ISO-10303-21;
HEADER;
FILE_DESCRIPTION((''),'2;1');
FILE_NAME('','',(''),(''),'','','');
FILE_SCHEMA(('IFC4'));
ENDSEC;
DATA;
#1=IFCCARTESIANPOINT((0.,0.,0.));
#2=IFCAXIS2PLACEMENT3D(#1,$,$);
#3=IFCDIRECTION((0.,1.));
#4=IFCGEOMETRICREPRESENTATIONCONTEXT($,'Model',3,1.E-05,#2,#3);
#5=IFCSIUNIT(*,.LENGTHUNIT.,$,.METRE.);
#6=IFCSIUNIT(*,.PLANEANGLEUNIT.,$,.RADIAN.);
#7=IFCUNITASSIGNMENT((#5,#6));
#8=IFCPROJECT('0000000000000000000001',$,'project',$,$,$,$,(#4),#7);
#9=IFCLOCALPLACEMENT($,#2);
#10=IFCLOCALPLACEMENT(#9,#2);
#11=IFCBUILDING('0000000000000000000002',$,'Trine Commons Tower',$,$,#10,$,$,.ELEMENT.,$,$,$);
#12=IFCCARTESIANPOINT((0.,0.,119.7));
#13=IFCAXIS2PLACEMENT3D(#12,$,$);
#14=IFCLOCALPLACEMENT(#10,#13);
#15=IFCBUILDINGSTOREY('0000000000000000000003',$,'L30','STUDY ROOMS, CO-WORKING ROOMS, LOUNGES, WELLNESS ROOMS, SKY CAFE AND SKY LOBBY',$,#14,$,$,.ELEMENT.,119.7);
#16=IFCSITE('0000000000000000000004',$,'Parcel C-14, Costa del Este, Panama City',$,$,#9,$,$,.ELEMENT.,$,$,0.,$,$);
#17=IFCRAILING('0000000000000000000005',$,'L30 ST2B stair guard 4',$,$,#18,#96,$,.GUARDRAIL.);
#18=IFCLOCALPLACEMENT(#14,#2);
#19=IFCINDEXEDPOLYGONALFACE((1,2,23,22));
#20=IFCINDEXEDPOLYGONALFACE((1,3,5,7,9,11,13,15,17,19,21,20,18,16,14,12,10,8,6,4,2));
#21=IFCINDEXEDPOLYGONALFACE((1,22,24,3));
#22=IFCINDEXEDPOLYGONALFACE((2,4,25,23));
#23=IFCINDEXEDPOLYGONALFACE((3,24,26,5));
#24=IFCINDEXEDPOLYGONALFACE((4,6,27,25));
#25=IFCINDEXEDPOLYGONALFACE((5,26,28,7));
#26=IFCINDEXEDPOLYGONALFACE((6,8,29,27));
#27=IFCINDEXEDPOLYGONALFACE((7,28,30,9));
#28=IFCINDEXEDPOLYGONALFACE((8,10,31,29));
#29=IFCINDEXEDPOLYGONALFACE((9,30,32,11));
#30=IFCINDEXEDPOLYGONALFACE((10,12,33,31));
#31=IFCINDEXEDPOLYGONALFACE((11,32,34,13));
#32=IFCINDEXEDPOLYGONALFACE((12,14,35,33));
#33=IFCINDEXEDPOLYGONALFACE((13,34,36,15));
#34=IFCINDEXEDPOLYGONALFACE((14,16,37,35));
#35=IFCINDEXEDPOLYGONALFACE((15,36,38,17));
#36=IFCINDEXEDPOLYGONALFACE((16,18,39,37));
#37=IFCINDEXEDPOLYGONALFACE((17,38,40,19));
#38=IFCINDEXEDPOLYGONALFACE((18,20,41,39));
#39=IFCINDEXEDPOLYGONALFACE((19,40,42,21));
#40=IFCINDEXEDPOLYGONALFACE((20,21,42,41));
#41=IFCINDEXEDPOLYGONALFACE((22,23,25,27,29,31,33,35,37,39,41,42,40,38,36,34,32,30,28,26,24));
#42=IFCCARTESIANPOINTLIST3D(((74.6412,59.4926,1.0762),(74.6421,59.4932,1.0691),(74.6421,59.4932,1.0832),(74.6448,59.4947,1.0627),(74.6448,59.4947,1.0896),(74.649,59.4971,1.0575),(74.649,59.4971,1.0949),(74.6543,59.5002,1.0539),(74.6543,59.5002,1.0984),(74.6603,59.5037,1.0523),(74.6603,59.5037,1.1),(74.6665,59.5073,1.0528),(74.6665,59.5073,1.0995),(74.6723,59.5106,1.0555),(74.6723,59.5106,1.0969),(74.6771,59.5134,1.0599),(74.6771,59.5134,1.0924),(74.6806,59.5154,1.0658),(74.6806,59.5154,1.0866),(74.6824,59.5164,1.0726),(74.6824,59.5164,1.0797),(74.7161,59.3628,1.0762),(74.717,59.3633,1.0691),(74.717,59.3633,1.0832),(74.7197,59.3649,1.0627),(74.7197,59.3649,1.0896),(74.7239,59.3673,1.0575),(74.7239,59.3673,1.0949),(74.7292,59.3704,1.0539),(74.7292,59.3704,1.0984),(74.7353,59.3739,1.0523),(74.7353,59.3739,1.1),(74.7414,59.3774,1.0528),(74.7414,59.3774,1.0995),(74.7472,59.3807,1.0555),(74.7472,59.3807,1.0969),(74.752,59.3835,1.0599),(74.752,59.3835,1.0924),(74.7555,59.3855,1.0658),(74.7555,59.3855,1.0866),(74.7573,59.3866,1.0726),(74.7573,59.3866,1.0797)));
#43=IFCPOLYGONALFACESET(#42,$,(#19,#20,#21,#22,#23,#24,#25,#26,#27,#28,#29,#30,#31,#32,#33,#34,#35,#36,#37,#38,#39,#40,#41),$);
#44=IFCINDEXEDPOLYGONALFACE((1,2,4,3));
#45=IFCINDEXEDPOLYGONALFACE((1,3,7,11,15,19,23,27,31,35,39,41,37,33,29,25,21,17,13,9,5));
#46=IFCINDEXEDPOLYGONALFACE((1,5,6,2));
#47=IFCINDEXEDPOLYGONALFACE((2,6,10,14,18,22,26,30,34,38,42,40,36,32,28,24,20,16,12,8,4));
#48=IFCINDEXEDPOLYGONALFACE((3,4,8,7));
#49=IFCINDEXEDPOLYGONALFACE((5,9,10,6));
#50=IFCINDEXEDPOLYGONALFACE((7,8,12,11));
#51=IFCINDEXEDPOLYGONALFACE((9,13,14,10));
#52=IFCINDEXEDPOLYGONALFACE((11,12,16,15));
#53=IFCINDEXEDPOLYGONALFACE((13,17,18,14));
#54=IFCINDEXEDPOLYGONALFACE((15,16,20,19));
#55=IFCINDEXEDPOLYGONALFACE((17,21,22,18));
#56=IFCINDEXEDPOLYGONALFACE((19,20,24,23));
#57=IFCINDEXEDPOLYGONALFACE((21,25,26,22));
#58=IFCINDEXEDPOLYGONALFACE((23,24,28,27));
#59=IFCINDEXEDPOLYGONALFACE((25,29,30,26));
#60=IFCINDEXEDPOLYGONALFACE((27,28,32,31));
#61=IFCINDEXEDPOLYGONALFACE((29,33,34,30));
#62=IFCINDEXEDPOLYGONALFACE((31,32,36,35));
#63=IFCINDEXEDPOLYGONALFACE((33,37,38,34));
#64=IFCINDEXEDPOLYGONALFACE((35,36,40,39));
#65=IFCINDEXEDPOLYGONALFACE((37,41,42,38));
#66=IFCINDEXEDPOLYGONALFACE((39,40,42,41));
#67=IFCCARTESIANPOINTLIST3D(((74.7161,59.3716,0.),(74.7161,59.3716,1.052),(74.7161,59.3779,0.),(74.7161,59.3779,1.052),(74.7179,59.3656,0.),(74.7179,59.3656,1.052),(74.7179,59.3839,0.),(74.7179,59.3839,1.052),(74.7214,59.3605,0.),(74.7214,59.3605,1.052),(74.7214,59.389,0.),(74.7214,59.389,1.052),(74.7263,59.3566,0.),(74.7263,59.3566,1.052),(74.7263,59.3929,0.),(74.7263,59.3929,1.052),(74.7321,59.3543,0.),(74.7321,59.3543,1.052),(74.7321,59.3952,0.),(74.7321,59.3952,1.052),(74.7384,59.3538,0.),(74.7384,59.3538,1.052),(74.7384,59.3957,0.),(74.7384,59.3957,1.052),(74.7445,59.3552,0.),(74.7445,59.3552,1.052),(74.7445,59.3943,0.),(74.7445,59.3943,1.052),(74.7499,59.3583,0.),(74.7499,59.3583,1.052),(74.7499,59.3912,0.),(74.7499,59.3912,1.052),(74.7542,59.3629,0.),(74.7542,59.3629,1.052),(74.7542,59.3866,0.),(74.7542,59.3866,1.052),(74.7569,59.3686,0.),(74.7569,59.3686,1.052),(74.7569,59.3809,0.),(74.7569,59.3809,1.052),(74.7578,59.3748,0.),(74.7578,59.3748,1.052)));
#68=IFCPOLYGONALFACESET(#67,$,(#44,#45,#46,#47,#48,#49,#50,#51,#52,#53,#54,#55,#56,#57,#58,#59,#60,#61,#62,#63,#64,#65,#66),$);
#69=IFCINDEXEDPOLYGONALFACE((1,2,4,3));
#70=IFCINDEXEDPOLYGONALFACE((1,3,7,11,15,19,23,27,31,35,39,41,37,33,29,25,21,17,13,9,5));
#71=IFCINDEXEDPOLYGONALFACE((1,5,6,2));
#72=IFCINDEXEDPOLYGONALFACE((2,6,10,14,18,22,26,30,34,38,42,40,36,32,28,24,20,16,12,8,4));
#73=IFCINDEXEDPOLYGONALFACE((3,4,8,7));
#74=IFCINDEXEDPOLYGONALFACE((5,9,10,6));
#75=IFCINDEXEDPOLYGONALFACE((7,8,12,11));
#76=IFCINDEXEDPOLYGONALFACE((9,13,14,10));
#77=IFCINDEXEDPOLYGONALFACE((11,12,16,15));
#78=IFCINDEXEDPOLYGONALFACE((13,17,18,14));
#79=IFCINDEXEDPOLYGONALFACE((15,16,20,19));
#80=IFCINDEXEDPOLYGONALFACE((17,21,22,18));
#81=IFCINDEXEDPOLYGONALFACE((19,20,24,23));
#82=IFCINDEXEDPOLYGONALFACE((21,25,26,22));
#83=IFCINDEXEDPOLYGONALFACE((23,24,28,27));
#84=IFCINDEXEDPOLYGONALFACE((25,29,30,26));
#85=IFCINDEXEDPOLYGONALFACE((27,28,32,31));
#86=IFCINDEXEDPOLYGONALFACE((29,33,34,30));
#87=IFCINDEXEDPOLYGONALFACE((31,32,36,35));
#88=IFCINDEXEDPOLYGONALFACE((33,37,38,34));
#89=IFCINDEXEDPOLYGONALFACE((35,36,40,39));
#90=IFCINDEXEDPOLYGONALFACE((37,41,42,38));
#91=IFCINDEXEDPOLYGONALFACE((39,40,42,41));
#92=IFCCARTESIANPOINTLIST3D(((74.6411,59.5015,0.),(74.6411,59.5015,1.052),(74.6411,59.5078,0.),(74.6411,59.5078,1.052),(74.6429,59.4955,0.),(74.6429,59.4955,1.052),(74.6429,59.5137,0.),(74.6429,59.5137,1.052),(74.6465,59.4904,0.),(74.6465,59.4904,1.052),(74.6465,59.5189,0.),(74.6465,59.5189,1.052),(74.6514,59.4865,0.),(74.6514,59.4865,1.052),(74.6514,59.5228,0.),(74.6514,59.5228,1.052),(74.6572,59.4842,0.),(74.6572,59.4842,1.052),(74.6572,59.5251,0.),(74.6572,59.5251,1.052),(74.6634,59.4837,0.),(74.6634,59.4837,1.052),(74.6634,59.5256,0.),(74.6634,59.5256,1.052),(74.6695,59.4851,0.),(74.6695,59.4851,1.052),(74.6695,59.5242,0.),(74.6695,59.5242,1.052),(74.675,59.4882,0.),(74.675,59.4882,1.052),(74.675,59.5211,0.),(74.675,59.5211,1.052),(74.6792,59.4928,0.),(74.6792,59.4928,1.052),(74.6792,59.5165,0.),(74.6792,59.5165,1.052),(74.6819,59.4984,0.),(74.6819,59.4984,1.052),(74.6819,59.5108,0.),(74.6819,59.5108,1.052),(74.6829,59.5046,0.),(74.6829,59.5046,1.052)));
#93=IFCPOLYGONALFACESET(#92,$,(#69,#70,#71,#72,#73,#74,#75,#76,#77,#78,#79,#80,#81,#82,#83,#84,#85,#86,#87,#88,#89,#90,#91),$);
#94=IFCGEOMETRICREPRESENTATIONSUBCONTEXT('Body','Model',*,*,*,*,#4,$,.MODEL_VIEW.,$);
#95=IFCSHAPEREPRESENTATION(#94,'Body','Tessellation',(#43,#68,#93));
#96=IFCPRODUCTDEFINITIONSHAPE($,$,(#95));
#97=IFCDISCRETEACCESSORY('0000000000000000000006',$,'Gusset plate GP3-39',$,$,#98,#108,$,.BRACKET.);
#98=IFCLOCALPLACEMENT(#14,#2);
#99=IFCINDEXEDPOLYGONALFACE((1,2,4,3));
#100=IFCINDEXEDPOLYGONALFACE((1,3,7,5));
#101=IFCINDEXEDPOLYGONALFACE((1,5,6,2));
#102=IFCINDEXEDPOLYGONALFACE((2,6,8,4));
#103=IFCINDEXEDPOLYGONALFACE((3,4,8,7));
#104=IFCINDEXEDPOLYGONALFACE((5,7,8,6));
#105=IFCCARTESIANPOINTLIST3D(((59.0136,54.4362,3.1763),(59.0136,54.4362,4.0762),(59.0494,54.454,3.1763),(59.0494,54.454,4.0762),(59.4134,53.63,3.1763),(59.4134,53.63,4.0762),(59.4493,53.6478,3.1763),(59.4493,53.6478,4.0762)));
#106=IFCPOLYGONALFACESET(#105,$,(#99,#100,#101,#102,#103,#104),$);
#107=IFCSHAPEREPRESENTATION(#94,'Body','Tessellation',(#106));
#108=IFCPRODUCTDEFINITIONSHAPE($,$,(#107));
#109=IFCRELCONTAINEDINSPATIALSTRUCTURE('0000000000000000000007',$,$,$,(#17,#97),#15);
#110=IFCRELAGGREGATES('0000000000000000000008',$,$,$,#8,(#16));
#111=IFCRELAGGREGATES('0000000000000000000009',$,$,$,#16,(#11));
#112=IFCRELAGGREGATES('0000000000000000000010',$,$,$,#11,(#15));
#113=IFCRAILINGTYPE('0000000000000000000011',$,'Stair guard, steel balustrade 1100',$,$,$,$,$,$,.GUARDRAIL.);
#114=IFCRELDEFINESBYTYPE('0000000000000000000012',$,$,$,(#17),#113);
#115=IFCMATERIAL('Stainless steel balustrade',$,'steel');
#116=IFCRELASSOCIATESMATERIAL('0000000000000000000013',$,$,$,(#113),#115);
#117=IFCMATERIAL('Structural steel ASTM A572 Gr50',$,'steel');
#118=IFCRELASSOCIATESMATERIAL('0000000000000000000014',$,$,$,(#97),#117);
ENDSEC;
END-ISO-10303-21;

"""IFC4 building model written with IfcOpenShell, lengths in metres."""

from ifc_helpers import new_model, si_unit, direction, frame, origin, origin_2d, place, context, subcontext, project, spatial, rectangle, circle, extrude, material, type_object, element, save


model = new_model("IFC4")

# Units and contexts
model_context = context("Model", 3, precision=1e-05, world=origin(), true_north=direction((0.0, 1.0)))
body_context = subcontext(model_context, "Body", "Model", "MODEL_VIEW")
ifc_project = project(units=[si_unit("LENGTHUNIT", "METRE"), si_unit("PLANEANGLEUNIT", "RADIAN")], contexts=[model_context])

# Site, building, storey
site_placement = place(None, origin())
site = spatial("IfcSite", under=ifc_project, at=site_placement, Name="Parcel C-14, Costa del Este, Panama City", CompositionType="ELEMENT", RefElevation=0.0)
building_placement = place(site_placement, origin())
building = spatial("IfcBuilding", under=site, at=building_placement, Name="Trine Commons Tower", CompositionType="ELEMENT")
storey_placement = place(building_placement, frame((0.0, 0.0, 119.7)))
storey = spatial("IfcBuildingStorey", under=building, at=storey_placement, Name="L30", Description="STUDY ROOMS, CO-WORKING ROOMS, LOUNGES, WELLNESS ROOMS, SKY CAFE AND SKY LOBBY", CompositionType="ELEMENT", Elevation=119.7)

# Railing
ifc_material_1 = material(Name="Stainless steel balustrade", Category="steel")
railing_type = type_object("IfcRailingType", Name="Stair guard, steel balustrade 1100", PredefinedType="GUARDRAIL", material=ifc_material_1)
railing_1_placement = place(storey_placement, frame((74.7368, 59.3748, 0.0)))
element("IfcRailing", 1, at=railing_1_placement, inside=storey, type_object=railing_type, Name="L30 ST2B stair guard 4", PredefinedType="GUARDRAIL", context=body_context, shape_type="SweptSolid", body=[
    extrude(circle(Radius=0.0239, at=origin_2d()), frame((0.0, 0.0, 1.0762), z_axis=(-0.499816, 0.866131, 0.0), x_axis=(-0.866131, -0.499816, 0.0)), (0.0, 0.0, 1.0), 0.1499),
    extrude(circle(Radius=0.021, at=origin_2d()), origin(), (0.0, 0.0, 1.0), 1.052),
    extrude(circle(Radius=0.021, at=origin_2d()), frame((-0.075, 0.1299, 0.0)), (0.0, 0.0, 1.0), 1.052),
])

# Discrete accessory
ifc_material_2 = material(Name="Structural steel ASTM A572 Gr50", Category="steel")
discrete_accessory_placement = place(storey_placement, frame((59.2314, 54.042, 3.1763), z_axis=(0.0, 0.0, 1.0), x_axis=(0.444338, -0.895859, 0.0)))
element("IfcDiscreteAccessory", 2, at=discrete_accessory_placement, inside=storey, material=ifc_material_2, Name="Gusset plate GP3-39", PredefinedType="BRACKET", context=body_context, shape_type="SweptSolid", body=[
    extrude(rectangle(XDim=0.8999, YDim=0.04, at=origin_2d()), origin(), (0.0, 0.0, 1.0), 0.8999),
])

save(model, "model.ifc")
